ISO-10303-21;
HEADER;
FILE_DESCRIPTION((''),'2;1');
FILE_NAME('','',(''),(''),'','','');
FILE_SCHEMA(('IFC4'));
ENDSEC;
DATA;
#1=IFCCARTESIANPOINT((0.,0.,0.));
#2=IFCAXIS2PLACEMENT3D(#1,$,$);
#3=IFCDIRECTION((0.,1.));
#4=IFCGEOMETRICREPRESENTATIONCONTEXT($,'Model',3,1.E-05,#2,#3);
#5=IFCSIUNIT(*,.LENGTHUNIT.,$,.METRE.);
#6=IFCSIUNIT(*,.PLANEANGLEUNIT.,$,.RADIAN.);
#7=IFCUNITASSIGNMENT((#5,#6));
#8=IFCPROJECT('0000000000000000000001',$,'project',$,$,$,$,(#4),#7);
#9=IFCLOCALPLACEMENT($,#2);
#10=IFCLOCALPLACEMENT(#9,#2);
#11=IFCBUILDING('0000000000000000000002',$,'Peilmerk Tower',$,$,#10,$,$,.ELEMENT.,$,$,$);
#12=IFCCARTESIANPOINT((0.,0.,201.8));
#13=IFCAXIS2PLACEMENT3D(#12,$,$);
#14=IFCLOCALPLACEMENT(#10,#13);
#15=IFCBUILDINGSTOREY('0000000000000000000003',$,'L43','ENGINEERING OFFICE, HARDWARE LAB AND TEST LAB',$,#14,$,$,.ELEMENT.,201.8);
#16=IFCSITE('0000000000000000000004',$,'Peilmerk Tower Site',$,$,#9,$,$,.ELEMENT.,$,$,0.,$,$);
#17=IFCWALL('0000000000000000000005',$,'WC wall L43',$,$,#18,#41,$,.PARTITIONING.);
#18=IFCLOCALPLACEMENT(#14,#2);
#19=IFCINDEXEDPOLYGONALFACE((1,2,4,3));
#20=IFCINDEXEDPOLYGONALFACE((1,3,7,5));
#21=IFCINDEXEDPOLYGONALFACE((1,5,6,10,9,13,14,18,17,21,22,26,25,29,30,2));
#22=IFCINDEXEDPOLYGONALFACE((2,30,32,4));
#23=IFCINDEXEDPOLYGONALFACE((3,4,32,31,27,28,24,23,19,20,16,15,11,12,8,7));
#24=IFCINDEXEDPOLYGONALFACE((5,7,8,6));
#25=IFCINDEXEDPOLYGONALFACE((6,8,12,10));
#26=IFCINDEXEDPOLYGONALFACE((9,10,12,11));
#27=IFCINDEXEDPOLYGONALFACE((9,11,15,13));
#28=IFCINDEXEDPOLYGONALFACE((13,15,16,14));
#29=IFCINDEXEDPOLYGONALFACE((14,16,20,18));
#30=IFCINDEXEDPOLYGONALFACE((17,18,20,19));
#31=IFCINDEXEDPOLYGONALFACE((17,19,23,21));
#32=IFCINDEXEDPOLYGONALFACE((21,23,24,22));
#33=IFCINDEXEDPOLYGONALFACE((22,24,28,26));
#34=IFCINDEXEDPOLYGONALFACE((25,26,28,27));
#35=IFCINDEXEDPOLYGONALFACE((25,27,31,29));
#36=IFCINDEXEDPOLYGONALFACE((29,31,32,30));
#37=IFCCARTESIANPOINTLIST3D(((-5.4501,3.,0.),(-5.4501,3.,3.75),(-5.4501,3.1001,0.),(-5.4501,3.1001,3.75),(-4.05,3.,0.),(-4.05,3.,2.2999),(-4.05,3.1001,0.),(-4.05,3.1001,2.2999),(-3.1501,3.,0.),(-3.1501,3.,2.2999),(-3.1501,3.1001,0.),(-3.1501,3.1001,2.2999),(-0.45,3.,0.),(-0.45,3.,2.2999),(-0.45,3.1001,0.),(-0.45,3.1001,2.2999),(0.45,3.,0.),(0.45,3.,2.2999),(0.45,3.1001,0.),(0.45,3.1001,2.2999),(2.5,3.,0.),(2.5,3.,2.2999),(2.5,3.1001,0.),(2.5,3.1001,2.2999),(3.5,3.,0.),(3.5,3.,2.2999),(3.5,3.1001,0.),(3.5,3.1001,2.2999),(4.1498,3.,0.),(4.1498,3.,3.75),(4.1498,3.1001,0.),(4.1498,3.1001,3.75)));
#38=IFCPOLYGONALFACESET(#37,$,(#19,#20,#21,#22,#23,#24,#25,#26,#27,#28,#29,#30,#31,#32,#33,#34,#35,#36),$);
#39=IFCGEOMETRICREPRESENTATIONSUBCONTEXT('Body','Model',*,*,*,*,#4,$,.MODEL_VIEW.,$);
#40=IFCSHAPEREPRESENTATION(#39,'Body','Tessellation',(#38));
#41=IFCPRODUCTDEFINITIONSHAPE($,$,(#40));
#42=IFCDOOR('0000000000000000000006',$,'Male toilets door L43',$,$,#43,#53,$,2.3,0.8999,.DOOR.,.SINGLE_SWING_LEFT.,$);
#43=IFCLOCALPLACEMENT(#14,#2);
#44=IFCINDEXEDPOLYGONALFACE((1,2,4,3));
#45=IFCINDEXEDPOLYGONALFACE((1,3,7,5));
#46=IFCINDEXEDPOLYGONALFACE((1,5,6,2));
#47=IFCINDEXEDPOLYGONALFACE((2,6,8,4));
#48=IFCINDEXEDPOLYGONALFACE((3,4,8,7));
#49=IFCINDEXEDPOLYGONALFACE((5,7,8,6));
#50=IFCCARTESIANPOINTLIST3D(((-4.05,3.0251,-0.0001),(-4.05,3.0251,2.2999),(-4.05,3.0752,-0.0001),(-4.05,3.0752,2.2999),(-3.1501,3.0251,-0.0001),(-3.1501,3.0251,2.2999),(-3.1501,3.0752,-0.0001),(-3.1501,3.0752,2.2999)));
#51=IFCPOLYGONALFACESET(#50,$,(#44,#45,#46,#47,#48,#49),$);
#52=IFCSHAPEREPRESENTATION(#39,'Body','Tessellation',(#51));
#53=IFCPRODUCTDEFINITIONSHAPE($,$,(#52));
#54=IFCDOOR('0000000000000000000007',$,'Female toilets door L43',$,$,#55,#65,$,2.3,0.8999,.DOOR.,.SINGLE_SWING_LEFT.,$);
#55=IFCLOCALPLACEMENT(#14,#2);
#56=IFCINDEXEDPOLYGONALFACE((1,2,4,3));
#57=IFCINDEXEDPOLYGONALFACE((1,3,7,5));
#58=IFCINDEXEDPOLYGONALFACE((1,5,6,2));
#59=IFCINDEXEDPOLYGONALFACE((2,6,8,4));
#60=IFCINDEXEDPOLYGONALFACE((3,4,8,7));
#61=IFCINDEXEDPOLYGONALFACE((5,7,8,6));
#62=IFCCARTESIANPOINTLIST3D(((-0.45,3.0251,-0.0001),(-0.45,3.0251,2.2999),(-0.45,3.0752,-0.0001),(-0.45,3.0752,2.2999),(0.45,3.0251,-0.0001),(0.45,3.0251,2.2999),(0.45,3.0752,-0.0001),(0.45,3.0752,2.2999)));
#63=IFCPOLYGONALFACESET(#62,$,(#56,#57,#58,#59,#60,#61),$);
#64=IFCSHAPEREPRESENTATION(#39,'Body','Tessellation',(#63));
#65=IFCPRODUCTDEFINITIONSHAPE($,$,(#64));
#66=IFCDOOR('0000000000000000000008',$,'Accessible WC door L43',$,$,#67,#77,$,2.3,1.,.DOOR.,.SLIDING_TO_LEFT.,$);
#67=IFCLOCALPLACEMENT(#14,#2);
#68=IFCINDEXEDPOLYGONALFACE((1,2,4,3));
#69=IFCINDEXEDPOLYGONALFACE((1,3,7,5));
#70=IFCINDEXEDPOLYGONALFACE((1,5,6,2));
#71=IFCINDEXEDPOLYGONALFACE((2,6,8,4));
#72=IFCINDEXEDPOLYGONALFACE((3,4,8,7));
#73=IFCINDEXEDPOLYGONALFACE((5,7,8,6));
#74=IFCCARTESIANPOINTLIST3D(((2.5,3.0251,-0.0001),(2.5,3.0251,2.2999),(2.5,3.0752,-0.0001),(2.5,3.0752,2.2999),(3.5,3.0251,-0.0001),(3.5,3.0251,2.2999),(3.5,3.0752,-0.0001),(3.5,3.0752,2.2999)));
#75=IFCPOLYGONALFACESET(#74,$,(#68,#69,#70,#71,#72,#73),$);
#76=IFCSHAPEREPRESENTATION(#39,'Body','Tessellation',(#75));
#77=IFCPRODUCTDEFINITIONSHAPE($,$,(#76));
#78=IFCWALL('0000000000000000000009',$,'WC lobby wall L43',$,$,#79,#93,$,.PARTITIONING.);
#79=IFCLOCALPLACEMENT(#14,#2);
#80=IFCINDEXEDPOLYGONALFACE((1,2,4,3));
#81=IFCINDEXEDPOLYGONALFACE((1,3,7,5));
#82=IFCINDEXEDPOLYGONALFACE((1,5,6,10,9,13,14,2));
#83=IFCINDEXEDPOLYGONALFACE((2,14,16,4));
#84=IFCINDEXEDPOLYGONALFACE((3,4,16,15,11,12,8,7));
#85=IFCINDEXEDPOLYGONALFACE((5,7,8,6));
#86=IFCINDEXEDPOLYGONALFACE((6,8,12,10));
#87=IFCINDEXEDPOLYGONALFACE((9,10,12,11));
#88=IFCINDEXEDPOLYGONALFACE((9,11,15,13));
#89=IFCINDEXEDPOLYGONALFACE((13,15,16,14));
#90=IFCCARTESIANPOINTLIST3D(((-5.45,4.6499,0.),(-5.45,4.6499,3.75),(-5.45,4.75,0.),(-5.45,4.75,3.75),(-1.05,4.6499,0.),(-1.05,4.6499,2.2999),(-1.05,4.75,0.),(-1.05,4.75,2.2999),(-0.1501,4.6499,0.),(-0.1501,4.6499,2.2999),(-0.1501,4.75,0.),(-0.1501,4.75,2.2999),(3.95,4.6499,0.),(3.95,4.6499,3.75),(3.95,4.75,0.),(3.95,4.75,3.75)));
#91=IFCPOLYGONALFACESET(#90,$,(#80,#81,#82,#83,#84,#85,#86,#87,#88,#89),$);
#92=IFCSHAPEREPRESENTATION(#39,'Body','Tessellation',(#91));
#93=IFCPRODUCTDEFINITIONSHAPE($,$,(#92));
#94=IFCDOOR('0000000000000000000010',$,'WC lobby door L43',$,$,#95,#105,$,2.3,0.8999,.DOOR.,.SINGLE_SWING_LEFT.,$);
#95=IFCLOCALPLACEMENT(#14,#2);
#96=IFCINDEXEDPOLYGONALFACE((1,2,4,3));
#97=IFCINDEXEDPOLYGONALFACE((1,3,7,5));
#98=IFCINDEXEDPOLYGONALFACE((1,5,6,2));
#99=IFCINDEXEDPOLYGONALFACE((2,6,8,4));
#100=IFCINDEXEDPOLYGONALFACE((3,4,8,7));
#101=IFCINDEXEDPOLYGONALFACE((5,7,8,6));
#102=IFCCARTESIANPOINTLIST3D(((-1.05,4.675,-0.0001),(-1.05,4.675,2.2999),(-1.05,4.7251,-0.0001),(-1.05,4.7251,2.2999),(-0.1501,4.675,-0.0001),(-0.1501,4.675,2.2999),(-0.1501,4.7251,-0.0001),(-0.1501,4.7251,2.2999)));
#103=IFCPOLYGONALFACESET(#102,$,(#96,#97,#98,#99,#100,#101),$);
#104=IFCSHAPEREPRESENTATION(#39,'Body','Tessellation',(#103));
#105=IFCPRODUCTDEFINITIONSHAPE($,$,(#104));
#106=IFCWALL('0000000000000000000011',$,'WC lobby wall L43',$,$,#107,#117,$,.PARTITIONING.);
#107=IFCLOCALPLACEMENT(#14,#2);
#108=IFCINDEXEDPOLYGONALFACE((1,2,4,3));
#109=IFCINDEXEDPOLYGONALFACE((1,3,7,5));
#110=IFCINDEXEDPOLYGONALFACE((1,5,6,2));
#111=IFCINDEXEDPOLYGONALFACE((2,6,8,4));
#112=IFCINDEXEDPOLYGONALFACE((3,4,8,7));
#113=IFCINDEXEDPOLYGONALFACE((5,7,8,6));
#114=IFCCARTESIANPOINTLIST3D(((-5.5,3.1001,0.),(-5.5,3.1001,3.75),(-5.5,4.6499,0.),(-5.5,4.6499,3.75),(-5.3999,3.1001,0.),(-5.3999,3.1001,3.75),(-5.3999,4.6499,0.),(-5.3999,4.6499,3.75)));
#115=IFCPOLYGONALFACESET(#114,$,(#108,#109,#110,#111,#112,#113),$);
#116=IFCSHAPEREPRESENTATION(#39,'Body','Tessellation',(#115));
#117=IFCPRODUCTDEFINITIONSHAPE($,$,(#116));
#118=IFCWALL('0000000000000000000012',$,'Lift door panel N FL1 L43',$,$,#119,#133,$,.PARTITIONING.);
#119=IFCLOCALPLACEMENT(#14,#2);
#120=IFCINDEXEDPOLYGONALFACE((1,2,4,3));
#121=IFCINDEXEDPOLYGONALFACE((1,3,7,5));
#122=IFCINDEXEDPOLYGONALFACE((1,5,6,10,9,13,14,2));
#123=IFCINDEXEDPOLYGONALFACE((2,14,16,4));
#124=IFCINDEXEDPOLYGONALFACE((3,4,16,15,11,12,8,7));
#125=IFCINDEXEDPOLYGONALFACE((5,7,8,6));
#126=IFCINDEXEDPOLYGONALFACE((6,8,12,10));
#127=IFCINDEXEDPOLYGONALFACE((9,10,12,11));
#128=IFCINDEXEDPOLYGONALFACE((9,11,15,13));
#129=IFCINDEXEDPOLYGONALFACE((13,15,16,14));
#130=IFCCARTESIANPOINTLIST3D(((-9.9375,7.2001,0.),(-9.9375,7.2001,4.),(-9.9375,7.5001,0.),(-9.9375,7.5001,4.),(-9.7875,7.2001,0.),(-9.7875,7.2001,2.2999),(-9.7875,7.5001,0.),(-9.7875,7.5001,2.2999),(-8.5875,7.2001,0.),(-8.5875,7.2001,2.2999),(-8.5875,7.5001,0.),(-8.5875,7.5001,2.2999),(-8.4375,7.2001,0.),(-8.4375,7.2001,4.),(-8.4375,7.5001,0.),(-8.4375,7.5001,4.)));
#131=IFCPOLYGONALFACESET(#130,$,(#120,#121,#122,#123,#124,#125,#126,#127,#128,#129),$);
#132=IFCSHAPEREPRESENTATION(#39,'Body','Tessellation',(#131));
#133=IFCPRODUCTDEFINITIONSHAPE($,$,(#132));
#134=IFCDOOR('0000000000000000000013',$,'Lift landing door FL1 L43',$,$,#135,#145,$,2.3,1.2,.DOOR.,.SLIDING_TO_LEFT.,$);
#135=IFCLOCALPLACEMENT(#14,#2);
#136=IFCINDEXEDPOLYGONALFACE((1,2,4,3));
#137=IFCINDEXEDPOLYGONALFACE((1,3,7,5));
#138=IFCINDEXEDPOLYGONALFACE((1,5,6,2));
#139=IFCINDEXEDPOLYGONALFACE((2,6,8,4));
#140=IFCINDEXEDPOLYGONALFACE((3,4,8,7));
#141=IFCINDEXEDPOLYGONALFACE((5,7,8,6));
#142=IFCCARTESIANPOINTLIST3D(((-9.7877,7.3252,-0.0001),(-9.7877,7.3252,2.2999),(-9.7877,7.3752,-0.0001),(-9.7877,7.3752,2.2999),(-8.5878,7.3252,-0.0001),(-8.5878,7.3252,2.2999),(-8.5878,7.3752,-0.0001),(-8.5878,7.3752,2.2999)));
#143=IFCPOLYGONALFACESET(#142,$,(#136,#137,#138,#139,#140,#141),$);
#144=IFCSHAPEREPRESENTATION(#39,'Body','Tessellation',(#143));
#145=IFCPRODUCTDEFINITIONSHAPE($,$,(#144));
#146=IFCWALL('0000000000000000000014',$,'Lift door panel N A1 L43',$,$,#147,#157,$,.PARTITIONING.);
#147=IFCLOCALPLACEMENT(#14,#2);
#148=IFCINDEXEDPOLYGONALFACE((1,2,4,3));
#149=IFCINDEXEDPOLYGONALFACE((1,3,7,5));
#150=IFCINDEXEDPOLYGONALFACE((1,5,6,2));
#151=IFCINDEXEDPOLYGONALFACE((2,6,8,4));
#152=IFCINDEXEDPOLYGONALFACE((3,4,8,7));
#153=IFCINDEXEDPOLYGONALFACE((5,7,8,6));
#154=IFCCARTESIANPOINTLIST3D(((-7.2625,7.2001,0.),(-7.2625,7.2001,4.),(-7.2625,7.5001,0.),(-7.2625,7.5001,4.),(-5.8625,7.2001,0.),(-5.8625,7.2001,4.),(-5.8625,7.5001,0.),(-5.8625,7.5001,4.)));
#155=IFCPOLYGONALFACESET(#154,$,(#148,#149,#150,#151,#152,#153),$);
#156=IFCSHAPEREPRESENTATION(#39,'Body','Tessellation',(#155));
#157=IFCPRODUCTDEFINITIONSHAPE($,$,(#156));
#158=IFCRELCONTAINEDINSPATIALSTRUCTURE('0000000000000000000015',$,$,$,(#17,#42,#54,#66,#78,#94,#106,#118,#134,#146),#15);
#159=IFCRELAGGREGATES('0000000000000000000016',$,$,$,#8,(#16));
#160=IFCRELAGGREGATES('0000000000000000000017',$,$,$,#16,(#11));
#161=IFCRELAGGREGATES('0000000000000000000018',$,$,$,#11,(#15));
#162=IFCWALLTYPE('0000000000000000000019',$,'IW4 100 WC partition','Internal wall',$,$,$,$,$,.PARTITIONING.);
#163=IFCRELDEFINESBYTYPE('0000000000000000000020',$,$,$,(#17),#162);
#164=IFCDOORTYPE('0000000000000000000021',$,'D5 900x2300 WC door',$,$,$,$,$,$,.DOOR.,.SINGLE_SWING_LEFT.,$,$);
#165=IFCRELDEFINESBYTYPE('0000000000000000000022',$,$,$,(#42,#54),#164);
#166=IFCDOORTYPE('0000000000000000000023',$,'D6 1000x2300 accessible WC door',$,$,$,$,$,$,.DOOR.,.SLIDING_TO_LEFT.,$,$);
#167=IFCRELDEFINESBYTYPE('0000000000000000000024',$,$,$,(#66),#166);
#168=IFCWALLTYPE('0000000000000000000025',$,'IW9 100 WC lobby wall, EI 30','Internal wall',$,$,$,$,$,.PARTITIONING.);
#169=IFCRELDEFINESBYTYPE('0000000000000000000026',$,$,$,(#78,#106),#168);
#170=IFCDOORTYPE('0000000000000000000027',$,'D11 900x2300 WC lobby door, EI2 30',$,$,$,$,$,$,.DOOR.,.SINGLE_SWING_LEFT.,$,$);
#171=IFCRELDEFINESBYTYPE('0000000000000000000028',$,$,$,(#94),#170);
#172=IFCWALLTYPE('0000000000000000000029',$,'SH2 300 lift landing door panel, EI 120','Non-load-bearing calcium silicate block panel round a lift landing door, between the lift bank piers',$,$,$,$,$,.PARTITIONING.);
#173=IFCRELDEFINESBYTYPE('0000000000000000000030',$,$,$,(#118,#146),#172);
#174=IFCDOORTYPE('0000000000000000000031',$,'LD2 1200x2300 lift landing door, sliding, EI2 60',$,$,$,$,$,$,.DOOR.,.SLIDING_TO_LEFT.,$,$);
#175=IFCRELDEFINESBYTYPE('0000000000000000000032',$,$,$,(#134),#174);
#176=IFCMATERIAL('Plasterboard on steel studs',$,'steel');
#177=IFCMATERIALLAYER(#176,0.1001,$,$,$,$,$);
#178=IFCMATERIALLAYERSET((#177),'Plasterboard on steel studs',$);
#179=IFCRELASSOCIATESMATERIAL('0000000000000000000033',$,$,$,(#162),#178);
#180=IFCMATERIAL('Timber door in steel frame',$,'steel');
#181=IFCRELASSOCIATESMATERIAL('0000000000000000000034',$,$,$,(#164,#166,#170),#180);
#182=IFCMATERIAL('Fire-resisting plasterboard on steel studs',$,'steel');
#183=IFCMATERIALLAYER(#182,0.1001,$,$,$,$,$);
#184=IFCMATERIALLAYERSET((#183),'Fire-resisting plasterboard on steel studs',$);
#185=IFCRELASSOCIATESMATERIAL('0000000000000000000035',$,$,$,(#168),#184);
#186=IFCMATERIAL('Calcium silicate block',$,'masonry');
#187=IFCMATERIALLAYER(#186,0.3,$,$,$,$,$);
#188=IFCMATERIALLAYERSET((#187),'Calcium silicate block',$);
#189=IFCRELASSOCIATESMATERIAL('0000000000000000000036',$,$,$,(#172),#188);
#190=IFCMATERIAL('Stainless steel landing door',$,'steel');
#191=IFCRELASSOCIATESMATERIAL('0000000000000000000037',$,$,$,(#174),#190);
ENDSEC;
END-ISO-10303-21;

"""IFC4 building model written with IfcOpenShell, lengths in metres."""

from ifc_helpers import new_model, si_unit, direction, frame, frame_2d, origin, place, context, subcontext, project, spatial, rectangle, extrude, material, layer, layer_set, type_object, element, fill, save


model = new_model("IFC4")

# Units and contexts
model_context = context("Model", 3, precision=1e-05, world=origin(), true_north=direction((0.0, 1.0)))
body_context = subcontext(model_context, "Body", "Model", "MODEL_VIEW")
ifc_project = project(units=[si_unit("LENGTHUNIT", "METRE"), si_unit("PLANEANGLEUNIT", "RADIAN")], contexts=[model_context])

# Site, building, storey
site_placement = place(None, origin())
site = spatial("IfcSite", under=ifc_project, at=site_placement, Name="Peilmerk Tower Site", CompositionType="ELEMENT", RefElevation=0.0)
building_placement = place(site_placement, origin())
building = spatial("IfcBuilding", under=site, at=building_placement, Name="Peilmerk Tower", CompositionType="ELEMENT")
storey_placement = place(building_placement, frame((0.0, 0.0, 201.8)))
storey = spatial("IfcBuildingStorey", under=building, at=storey_placement, Name="L43", Description="ENGINEERING OFFICE, HARDWARE LAB AND TEST LAB", CompositionType="ELEMENT", Elevation=201.8)

# Shared definitions
ifc_material_1 = material(Name="Calcium silicate block", Category="masonry")

# Wall, openings, doors
ifc_material_2 = material(Name="Plasterboard on steel studs", Category="steel")
ifc_layer_1 = layer(ifc_material_2, 0.1001)
ifc_layer_set_1 = layer_set([ifc_layer_1], Name="Plasterboard on steel studs")
wall_type_1 = type_object("IfcWallType", Name="IW4 100 WC partition", Description="Internal wall", PredefinedType="PARTITIONING", material=ifc_layer_set_1)
wall_1_placement = place(storey_placement, frame((-5.45, 3.05, 0.0), z_axis=(0.0, 0.0, 1.0), x_axis=(1.0, 0.0, 0.0)))
wall_1 = element("IfcWall", 1, at=wall_1_placement, inside=storey, type_object=wall_type_1, Name="WC wall L43", PredefinedType="PARTITIONING", context=body_context, shape_type="SweptSolid", body=[
    extrude(rectangle(XDim=9.5999, YDim=0.1001, at=frame_2d((4.7998, 0.0))), origin(), (0.0, 0.0, 1.0), 3.75),
])
opening_1_placement = place(wall_1_placement, frame((1.3999, 0.0, 0.0)))
opening_1 = element("IfcOpeningElement", 2, at=opening_1_placement, cuts=wall_1, PredefinedType="OPENING", context=body_context, shape_type="SweptSolid", body=[
    extrude(rectangle(XDim=0.8999, YDim=2.3, at=frame_2d((0.45, 1.1499))), frame((0.0, 0.0601, 0.0), z_axis=(0.0, -1.0, 0.0), x_axis=(1.0, 0.0, 0.0)), (0.0, 0.0, 1.0), 0.1201),
])
opening_2_placement = place(wall_1_placement, frame((5.0, 0.0, 0.0)))
opening_2 = element("IfcOpeningElement", 3, at=opening_2_placement, cuts=wall_1, PredefinedType="OPENING", context=body_context, shape_type="SweptSolid", body=[
    extrude(rectangle(XDim=0.8999, YDim=2.3, at=frame_2d((0.45, 1.1499))), frame((0.0, 0.0601, 0.0), z_axis=(0.0, -1.0, 0.0), x_axis=(1.0, 0.0, 0.0)), (0.0, 0.0, 1.0), 0.1201),
])
opening_3_placement = place(wall_1_placement, frame((7.95, 0.0, 0.0)))
opening_3 = element("IfcOpeningElement", 4, at=opening_3_placement, cuts=wall_1, PredefinedType="OPENING", context=body_context, shape_type="SweptSolid", body=[
    extrude(rectangle(XDim=1.0, YDim=2.3, at=frame_2d((0.5, 1.1499))), frame((0.0, 0.0601, 0.0), z_axis=(0.0, -1.0, 0.0), x_axis=(1.0, 0.0, 0.0)), (0.0, 0.0, 1.0), 0.1201),
])
ifc_material_3 = material(Name="Timber door in steel frame", Category="steel")
door_type_1 = type_object("IfcDoorType", Name="D5 900x2300 WC door", OperationType="SINGLE_SWING_LEFT", PredefinedType="DOOR", material=ifc_material_3)
door_1_placement = place(opening_1_placement, frame((0.8999, 0.0, 0.0), z_axis=(0.0, 0.0, 1.0), x_axis=(-1.0, 0.0, 0.0)))
door_1 = element("IfcDoor", 5, at=door_1_placement, inside=storey, type_object=door_type_1, Name="Male toilets door L43", OperationType="SINGLE_SWING_LEFT", OverallHeight=2.3, OverallWidth=0.8999, PredefinedType="DOOR", context=body_context, shape_type="SweptSolid", body=[
    extrude(rectangle(XDim=0.8999, YDim=2.3, at=frame_2d((0.45, 1.1499))), frame((0.0, 0.0249, 0.0), z_axis=(0.0, -1.0, 0.0), x_axis=(1.0, 0.0, 0.0)), (0.0, 0.0, 1.0), 0.05),
])
fill(opening_1, door_1)
door_2_placement = place(opening_2_placement, frame((0.8999, 0.0, 0.0), z_axis=(0.0, 0.0, 1.0), x_axis=(-1.0, 0.0, 0.0)))
door_2 = element("IfcDoor", 6, at=door_2_placement, inside=storey, type_object=door_type_1, Name="Female toilets door L43", OperationType="SINGLE_SWING_LEFT", OverallHeight=2.3, OverallWidth=0.8999, PredefinedType="DOOR", context=body_context, shape_type="SweptSolid", body=[
    extrude(rectangle(XDim=0.8999, YDim=2.3, at=frame_2d((0.45, 1.1499))), frame((0.0, 0.0249, 0.0), z_axis=(0.0, -1.0, 0.0), x_axis=(1.0, 0.0, 0.0)), (0.0, 0.0, 1.0), 0.05),
])
fill(opening_2, door_2)
door_type_2 = type_object("IfcDoorType", Name="D6 1000x2300 accessible WC door", OperationType="SLIDING_TO_LEFT", PredefinedType="DOOR", material=ifc_material_3)
door_3_placement = place(opening_3_placement, frame((1.0, 0.0, 0.0), z_axis=(0.0, 0.0, 1.0), x_axis=(-1.0, 0.0, 0.0)))
door_3 = element("IfcDoor", 7, at=door_3_placement, inside=storey, type_object=door_type_2, Name="Accessible WC door L43", OperationType="SLIDING_TO_LEFT", OverallHeight=2.3, OverallWidth=1.0, PredefinedType="DOOR", context=body_context, shape_type="SweptSolid", body=[
    extrude(rectangle(XDim=1.0, YDim=2.3, at=frame_2d((0.5, 1.1499))), frame((0.0, 0.0249, 0.0), z_axis=(0.0, -1.0, 0.0), x_axis=(1.0, 0.0, 0.0)), (0.0, 0.0, 1.0), 0.05),
])
fill(opening_3, door_3)

# Wall, opening, door
ifc_material_4 = material(Name="Fire-resisting plasterboard on steel studs", Category="steel")
ifc_layer_2 = layer(ifc_material_4, 0.1001)
ifc_layer_set_2 = layer_set([ifc_layer_2], Name="Fire-resisting plasterboard on steel studs")
wall_type_2 = type_object("IfcWallType", Name="IW9 100 WC lobby wall, EI 30", Description="Internal wall", PredefinedType="PARTITIONING", material=ifc_layer_set_2)
wall_2_placement = place(storey_placement, frame((-5.45, 4.7, 0.0), z_axis=(0.0, 0.0, 1.0), x_axis=(1.0, 0.0, 0.0)))
wall_2 = element("IfcWall", 8, at=wall_2_placement, inside=storey, type_object=wall_type_2, Name="WC lobby wall L43", PredefinedType="PARTITIONING", context=body_context, shape_type="SweptSolid", body=[
    extrude(rectangle(XDim=9.3999, YDim=0.1001, at=frame_2d((4.7, 0.0))), origin(), (0.0, 0.0, 1.0), 3.75),
])
opening_4_placement = place(wall_2_placement, frame((4.3999, 0.0, 0.0)))
opening_4 = element("IfcOpeningElement", 9, at=opening_4_placement, cuts=wall_2, PredefinedType="OPENING", context=body_context, shape_type="SweptSolid", body=[
    extrude(rectangle(XDim=0.8999, YDim=2.3, at=frame_2d((0.45, 1.1499))), frame((0.0, 0.0601, 0.0), z_axis=(0.0, -1.0, 0.0), x_axis=(1.0, 0.0, 0.0)), (0.0, 0.0, 1.0), 0.1201),
])
door_type_3 = type_object("IfcDoorType", Name="D11 900x2300 WC lobby door, EI2 30", OperationType="SINGLE_SWING_LEFT", PredefinedType="DOOR", material=ifc_material_3)
door_4_placement = place(opening_4_placement, frame((0.8999, 0.0, 0.0), z_axis=(0.0, 0.0, 1.0), x_axis=(-1.0, 0.0, 0.0)))
door_4 = element("IfcDoor", 10, at=door_4_placement, inside=storey, type_object=door_type_3, Name="WC lobby door L43", OperationType="SINGLE_SWING_LEFT", OverallHeight=2.3, OverallWidth=0.8999, PredefinedType="DOOR", context=body_context, shape_type="SweptSolid", body=[
    extrude(rectangle(XDim=0.8999, YDim=2.3, at=frame_2d((0.45, 1.1499))), frame((0.0, 0.0249, 0.0), z_axis=(0.0, -1.0, 0.0), x_axis=(1.0, 0.0, 0.0)), (0.0, 0.0, 1.0), 0.05),
])
fill(opening_4, door_4)

# Wall
wall_3_placement = place(storey_placement, frame((-5.45, 3.1001, 0.0), z_axis=(0.0, 0.0, 1.0), x_axis=(0.0, 1.0, 0.0)))
element("IfcWall", 11, at=wall_3_placement, inside=storey, type_object=wall_type_2, Name="WC lobby wall L43", PredefinedType="PARTITIONING", context=body_context, shape_type="SweptSolid", body=[
    extrude(rectangle(XDim=1.5498, YDim=0.1001, at=frame_2d((0.7749, 0.0))), origin(), (0.0, 0.0, 1.0), 3.75),
])

# Wall, opening, door
ifc_layer_3 = layer(ifc_material_1, 0.3)
ifc_layer_set_3 = layer_set([ifc_layer_3], Name="Calcium silicate block")
wall_type_3 = type_object("IfcWallType", Name="SH2 300 lift landing door panel, EI 120", Description="Non-load-bearing calcium silicate block panel round a lift landing door, between the lift bank piers", PredefinedType="PARTITIONING", material=ifc_layer_set_3)
wall_4_placement = place(storey_placement, frame((-9.9375, 7.3501, 0.0), z_axis=(0.0, 0.0, 1.0), x_axis=(1.0, 0.0, 0.0)))
wall_4 = element("IfcWall", 12, at=wall_4_placement, inside=storey, type_object=wall_type_3, Name="Lift door panel N FL1 L43", PredefinedType="PARTITIONING", context=body_context, shape_type="SweptSolid", body=[
    extrude(rectangle(XDim=1.5, YDim=0.3, at=frame_2d((0.75, 0.0))), origin(), (0.0, 0.0, 1.0), 4.0),
])
opening_5_placement = place(wall_4_placement, frame((0.1499, 0.0, 0.0)))
opening_5 = element("IfcOpeningElement", 13, at=opening_5_placement, cuts=wall_4, PredefinedType="OPENING", context=body_context, shape_type="SweptSolid", body=[
    extrude(rectangle(XDim=1.2, YDim=2.3, at=frame_2d((0.6001, 1.1499))), frame((0.0, 0.1599, 0.0), z_axis=(0.0, -1.0, 0.0), x_axis=(1.0, 0.0, 0.0)), (0.0, 0.0, 1.0), 0.3201),
])
ifc_material_5 = material(Name="Stainless steel landing door", Category="steel")
door_type_4 = type_object("IfcDoorType", Name="LD2 1200x2300 lift landing door, sliding, EI2 60", OperationType="SLIDING_TO_LEFT", PredefinedType="DOOR", material=ifc_material_5)
door_5_placement = place(opening_5_placement, frame((1.2, 0.0, 0.0), z_axis=(0.0, 0.0, 1.0), x_axis=(-1.0, 0.0, 0.0)))
door_5 = element("IfcDoor", 14, at=door_5_placement, inside=storey, type_object=door_type_4, Name="Lift landing door FL1 L43", OperationType="SLIDING_TO_LEFT", OverallHeight=2.3, OverallWidth=1.2, PredefinedType="DOOR", context=body_context, shape_type="SweptSolid", body=[
    extrude(rectangle(XDim=1.2, YDim=2.3, at=frame_2d((0.6001, 1.1499))), frame((0.0, 0.0249, 0.0), z_axis=(0.0, -1.0, 0.0), x_axis=(1.0, 0.0, 0.0)), (0.0, 0.0, 1.0), 0.05),
])
fill(opening_5, door_5)

# Wall
wall_5_placement = place(storey_placement, frame((-7.2625, 7.3501, 0.0), z_axis=(0.0, 0.0, 1.0), x_axis=(1.0, 0.0, 0.0)))
element("IfcWall", 15, at=wall_5_placement, inside=storey, type_object=wall_type_3, Name="Lift door panel N A1 L43", PredefinedType="PARTITIONING", context=body_context, shape_type="SweptSolid", body=[
    extrude(rectangle(XDim=1.3999, YDim=0.3, at=frame_2d((0.7, 0.0))), origin(), (0.0, 0.0, 1.0), 4.0),
])

save(model, "model.ifc")
